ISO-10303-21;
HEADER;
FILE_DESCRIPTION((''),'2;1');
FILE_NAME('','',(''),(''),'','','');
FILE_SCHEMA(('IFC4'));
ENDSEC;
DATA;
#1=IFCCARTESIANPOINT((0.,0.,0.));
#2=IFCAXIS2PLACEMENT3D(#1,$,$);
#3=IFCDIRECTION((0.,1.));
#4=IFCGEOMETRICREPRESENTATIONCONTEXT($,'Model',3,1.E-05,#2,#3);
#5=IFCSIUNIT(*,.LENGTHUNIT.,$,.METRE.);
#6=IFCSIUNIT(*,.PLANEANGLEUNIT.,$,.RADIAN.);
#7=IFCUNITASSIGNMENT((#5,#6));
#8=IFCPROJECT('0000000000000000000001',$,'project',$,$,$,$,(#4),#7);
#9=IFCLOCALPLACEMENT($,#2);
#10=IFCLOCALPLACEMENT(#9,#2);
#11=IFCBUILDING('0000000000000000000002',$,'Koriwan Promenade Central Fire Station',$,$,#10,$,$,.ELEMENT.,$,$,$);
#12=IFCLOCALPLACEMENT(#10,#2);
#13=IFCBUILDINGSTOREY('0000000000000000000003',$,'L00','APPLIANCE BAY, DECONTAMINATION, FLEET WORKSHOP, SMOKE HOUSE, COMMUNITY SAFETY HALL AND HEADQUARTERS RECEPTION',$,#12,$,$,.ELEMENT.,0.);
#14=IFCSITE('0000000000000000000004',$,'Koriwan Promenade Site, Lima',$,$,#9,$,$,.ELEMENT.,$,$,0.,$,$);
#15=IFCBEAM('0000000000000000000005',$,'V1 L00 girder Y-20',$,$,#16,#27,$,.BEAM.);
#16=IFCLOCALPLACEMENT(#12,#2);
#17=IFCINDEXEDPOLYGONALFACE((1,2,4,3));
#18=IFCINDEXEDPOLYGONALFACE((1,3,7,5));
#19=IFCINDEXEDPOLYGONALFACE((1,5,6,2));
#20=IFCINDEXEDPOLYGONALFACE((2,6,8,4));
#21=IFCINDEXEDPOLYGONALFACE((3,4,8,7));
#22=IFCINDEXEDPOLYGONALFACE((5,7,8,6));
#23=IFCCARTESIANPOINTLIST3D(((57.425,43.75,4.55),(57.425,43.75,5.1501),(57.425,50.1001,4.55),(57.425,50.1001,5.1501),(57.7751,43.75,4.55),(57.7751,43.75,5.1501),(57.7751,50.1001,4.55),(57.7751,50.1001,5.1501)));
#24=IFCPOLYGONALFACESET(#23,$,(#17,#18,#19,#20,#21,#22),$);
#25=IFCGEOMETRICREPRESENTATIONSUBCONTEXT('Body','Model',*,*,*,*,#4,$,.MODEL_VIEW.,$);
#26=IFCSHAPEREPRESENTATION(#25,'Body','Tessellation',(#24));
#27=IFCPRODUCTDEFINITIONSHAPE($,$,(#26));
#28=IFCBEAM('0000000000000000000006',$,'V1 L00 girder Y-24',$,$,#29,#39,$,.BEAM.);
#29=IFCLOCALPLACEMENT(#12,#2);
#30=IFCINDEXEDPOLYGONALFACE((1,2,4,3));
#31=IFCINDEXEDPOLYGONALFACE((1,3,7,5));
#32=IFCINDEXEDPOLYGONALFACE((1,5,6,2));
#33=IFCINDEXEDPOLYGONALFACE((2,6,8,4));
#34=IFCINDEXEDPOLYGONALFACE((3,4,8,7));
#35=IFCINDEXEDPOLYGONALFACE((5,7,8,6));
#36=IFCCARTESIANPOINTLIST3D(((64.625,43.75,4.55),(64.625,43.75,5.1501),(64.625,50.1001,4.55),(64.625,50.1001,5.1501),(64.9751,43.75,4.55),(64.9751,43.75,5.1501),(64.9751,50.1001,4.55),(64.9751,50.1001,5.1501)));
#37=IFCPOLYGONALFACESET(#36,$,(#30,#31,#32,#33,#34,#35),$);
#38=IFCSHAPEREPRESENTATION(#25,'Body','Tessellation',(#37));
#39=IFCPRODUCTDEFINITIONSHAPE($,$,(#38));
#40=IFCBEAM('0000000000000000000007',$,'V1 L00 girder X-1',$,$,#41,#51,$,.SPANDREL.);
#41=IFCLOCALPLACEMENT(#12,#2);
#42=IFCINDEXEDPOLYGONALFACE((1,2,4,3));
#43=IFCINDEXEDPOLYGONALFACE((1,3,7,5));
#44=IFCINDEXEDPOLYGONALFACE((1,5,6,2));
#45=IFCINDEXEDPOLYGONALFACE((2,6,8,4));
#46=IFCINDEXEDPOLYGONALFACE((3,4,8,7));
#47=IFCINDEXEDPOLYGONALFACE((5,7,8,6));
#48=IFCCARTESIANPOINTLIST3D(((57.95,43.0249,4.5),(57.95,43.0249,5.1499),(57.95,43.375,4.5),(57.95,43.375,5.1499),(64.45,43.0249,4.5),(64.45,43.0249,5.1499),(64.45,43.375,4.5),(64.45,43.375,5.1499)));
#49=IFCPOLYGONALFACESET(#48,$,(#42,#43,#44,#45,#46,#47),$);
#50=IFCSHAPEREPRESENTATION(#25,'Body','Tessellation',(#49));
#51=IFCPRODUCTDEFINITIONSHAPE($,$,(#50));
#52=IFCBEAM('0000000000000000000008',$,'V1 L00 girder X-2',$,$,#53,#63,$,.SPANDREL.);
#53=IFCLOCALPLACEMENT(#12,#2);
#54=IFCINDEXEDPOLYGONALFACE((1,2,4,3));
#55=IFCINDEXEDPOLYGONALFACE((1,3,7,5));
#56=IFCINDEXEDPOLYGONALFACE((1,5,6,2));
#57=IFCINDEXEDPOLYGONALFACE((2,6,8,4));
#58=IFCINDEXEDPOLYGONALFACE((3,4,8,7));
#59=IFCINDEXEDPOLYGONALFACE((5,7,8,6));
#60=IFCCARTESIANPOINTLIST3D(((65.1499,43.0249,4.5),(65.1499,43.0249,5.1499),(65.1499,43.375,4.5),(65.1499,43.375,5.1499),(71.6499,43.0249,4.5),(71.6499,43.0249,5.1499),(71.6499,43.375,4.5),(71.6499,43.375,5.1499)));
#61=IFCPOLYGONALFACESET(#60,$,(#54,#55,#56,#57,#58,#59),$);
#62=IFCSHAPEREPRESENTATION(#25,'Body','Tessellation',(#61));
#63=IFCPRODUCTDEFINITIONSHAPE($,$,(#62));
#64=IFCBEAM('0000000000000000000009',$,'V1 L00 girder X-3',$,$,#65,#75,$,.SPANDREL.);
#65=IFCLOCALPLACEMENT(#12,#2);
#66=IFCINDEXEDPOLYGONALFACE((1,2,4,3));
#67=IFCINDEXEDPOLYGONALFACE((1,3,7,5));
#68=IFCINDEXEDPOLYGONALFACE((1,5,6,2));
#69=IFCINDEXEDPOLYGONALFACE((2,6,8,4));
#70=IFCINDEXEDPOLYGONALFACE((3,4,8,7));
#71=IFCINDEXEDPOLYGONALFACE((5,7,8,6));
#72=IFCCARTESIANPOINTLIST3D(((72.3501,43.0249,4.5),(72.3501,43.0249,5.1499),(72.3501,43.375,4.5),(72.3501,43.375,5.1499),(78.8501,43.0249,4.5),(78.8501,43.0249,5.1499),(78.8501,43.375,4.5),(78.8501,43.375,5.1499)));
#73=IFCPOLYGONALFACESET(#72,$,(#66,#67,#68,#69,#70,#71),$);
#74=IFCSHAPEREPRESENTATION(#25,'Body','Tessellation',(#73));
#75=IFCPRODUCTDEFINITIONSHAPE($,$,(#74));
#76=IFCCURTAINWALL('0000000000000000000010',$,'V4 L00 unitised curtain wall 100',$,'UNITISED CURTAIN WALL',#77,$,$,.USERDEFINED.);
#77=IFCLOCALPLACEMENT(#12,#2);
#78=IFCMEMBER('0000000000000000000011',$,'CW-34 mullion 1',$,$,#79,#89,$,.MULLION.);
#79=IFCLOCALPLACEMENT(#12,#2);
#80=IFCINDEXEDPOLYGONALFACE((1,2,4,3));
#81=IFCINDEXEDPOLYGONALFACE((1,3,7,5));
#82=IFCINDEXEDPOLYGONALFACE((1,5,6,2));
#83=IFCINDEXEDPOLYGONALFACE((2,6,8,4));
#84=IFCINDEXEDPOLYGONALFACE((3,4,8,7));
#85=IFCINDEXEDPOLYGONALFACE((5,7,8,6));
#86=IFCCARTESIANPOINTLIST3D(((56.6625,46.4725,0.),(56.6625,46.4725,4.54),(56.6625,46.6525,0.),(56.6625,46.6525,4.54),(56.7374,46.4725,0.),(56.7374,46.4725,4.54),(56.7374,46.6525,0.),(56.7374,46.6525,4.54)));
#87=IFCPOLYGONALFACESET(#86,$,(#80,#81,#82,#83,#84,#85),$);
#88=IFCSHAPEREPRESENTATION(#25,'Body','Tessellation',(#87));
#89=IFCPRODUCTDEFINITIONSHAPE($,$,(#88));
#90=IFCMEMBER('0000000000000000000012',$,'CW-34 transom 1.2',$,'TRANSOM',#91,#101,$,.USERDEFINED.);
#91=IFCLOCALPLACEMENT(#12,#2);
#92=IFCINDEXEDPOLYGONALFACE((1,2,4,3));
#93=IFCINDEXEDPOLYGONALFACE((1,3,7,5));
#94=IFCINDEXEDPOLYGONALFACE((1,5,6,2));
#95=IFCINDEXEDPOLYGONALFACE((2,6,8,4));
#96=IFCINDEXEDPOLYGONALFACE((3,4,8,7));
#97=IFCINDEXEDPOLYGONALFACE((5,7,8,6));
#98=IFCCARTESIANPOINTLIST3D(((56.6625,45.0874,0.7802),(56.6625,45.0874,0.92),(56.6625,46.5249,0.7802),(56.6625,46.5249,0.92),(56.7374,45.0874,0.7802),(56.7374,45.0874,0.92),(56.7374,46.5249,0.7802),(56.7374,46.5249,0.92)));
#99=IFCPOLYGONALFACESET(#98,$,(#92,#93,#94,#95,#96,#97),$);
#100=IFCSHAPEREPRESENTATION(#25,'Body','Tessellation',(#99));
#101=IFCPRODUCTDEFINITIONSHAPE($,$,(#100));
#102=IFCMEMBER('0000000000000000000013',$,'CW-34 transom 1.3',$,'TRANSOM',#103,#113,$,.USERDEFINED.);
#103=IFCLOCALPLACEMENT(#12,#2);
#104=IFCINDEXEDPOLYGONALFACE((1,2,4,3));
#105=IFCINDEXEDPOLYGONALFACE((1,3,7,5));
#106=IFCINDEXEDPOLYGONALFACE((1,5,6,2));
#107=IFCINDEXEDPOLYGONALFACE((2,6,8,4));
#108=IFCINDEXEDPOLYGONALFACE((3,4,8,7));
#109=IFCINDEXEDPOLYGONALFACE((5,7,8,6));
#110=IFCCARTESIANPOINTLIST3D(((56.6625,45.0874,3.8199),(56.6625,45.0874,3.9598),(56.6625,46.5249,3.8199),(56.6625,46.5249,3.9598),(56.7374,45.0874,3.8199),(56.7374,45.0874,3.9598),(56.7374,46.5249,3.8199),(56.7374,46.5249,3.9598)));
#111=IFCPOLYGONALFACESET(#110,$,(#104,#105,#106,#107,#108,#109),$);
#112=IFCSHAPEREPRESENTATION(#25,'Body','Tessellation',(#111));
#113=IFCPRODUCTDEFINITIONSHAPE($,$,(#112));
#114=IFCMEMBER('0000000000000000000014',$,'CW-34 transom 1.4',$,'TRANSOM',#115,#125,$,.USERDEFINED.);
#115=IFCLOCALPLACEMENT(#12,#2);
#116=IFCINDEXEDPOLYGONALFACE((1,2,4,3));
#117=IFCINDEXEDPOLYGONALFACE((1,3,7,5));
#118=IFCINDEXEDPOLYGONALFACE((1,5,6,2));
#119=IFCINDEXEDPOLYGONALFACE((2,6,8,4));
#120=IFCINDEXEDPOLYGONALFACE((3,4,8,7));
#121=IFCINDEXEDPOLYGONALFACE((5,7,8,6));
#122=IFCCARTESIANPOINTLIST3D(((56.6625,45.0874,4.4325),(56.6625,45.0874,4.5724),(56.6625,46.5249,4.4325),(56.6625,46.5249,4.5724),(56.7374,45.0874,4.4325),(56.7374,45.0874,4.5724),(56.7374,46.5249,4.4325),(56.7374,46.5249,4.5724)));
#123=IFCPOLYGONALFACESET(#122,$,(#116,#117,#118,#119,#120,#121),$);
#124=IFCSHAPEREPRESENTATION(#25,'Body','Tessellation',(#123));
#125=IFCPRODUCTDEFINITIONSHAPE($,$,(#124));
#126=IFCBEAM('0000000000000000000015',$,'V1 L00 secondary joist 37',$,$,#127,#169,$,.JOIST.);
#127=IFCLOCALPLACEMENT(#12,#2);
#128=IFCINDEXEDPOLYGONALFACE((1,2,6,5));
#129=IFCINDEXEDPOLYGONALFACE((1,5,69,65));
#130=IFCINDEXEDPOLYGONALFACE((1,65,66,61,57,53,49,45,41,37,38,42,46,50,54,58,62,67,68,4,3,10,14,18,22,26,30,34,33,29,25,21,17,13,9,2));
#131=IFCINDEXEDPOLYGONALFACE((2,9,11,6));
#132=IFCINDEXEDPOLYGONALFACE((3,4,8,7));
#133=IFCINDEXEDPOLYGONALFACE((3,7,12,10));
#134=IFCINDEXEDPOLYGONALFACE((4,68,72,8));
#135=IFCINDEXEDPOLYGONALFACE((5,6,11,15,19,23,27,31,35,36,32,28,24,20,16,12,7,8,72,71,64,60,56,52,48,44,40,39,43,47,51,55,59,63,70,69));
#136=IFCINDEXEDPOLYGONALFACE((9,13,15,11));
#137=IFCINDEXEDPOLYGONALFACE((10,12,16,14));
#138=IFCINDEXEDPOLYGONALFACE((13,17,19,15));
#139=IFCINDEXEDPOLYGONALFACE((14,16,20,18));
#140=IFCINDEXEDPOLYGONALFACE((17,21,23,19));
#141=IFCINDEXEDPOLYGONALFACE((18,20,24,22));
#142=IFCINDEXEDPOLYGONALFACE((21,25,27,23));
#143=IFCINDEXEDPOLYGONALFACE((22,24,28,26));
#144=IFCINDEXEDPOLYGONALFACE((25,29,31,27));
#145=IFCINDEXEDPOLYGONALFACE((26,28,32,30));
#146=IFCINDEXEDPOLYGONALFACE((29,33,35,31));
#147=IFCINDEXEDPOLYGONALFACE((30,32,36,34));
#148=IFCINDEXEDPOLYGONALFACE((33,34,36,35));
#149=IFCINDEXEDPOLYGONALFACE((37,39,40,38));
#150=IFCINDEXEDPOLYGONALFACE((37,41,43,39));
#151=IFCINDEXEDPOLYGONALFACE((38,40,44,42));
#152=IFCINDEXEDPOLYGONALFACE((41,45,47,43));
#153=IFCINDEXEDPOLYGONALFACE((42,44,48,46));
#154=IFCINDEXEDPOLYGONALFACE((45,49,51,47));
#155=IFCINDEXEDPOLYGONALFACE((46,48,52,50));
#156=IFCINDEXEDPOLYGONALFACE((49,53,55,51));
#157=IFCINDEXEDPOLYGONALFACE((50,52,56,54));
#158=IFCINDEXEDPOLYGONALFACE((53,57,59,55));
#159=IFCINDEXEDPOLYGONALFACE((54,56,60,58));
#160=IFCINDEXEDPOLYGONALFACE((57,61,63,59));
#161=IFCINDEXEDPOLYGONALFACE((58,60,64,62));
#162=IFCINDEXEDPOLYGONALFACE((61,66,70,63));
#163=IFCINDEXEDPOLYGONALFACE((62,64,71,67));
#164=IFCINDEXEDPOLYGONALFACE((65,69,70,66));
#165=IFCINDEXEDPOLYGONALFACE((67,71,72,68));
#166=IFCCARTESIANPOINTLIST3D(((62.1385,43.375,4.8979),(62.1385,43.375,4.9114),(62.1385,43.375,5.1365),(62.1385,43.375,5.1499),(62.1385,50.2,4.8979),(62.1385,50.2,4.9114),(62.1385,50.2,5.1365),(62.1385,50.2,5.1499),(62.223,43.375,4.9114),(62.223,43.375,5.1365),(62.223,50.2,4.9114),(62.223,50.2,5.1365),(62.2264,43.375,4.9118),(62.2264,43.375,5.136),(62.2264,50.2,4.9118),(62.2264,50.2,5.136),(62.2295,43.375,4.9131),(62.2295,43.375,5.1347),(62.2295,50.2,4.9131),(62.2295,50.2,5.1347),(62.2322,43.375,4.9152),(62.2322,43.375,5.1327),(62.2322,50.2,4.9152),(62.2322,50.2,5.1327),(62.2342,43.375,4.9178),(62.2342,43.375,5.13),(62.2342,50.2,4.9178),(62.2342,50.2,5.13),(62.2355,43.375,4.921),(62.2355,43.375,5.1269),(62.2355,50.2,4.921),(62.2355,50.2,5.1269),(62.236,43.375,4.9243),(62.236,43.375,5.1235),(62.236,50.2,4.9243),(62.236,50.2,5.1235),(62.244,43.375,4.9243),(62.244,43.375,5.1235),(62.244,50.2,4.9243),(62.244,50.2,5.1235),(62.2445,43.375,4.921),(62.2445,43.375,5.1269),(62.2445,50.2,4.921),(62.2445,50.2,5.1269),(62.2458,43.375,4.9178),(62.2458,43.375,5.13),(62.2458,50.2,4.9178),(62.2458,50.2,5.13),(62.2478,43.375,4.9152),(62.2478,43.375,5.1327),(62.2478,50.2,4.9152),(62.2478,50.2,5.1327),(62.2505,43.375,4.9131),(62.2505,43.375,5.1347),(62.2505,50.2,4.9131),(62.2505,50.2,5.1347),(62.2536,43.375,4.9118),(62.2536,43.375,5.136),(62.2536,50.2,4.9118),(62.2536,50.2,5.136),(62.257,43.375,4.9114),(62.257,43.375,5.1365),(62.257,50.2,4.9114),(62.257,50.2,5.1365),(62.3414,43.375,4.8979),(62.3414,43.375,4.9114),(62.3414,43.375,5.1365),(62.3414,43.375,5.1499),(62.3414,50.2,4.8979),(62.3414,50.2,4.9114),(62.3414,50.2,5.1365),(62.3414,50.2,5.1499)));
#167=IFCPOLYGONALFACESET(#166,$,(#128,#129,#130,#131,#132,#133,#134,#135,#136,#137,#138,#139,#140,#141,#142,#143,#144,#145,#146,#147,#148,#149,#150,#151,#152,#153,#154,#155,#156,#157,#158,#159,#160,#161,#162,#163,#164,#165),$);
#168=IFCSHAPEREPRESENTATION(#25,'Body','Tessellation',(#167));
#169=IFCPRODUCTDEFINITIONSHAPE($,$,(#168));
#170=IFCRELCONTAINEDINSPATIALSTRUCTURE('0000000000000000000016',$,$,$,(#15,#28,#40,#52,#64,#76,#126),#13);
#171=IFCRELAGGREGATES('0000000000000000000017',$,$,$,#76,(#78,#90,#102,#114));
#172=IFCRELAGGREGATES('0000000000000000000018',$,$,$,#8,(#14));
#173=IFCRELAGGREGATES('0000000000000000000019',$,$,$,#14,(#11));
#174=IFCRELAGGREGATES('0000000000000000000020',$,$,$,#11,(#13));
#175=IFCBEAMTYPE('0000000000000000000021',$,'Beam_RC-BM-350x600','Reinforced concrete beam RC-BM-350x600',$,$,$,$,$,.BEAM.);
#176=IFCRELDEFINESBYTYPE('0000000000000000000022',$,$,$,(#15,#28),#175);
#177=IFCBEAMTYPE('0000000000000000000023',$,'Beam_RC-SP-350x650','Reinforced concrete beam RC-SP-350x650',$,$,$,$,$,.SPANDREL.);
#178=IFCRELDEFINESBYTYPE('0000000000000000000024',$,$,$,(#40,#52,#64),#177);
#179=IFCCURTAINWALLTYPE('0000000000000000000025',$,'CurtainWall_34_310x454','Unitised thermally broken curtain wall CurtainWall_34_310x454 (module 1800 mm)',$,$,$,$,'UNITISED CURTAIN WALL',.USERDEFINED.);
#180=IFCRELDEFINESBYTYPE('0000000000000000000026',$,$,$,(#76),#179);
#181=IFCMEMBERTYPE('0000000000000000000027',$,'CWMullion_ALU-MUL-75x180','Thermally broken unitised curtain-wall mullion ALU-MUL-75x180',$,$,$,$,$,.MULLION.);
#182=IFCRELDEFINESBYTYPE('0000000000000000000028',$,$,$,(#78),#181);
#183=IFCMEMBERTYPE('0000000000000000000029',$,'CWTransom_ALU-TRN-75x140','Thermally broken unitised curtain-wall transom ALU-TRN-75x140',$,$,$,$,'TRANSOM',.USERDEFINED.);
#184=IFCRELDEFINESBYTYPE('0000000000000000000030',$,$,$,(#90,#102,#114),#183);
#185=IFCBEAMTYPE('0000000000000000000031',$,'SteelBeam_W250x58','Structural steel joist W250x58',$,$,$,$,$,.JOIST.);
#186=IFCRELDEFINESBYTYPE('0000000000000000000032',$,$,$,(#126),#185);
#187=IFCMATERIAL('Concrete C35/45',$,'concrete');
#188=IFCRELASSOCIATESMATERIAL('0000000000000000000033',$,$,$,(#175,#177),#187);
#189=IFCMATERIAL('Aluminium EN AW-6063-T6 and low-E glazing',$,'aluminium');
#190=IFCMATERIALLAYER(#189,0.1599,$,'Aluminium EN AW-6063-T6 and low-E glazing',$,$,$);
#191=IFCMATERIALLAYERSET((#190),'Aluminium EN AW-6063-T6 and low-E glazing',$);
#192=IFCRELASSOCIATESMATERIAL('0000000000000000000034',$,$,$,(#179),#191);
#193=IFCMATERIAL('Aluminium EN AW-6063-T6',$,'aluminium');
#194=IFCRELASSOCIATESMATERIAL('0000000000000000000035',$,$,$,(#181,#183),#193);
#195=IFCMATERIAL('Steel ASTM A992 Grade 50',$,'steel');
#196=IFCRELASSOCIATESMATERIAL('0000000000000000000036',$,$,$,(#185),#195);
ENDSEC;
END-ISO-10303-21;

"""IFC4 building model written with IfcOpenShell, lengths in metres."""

from ifc_helpers import new_model, si_unit, direction, frame, origin, origin_2d, place, context, subcontext, project, spatial, rectangle, i_section, extrude, material, layer, layer_set, material_profile, profile_set, type_object, element, aggregate, save


model = new_model("IFC4")

# Units and contexts
model_context = context("Model", 3, precision=1e-05, world=origin(), true_north=direction((0.0, 1.0)))
body_context = subcontext(model_context, "Body", "Model", "MODEL_VIEW")
ifc_project = project(units=[si_unit("LENGTHUNIT", "METRE"), si_unit("PLANEANGLEUNIT", "RADIAN")], contexts=[model_context])

# Site, building, storey
site_placement = place(None, origin())
site = spatial("IfcSite", under=ifc_project, at=site_placement, Name="Koriwan Promenade Site, Lima", CompositionType="ELEMENT", RefElevation=0.0)
building_placement = place(site_placement, origin())
building = spatial("IfcBuilding", under=site, at=building_placement, Name="Koriwan Promenade Central Fire Station", CompositionType="ELEMENT")
storey_placement = place(building_placement, origin())
storey = spatial("IfcBuildingStorey", under=building, at=storey_placement, Name="L00", Description="APPLIANCE BAY, DECONTAMINATION, FLEET WORKSHOP, SMOKE HOUSE, COMMUNITY SAFETY HALL AND HEADQUARTERS RECEPTION", CompositionType="ELEMENT", Elevation=0.0)

# Shared definitions
ifc_material_1 = material(Name="Concrete C35/45", Category="concrete")

# Beams
ifc_material_profile_1 = material_profile(ifc_material_1, rectangle(XDim=0.3501, YDim=0.6001, at=origin_2d()), Name="RC-BM-350x600")
ifc_profile_set_1 = profile_set([ifc_material_profile_1], Name="Concrete C35/45")
beam_type_1 = type_object("IfcBeamType", Name="Beam_RC-BM-350x600", Description="Reinforced concrete beam RC-BM-350x600", PredefinedType="BEAM", material=ifc_profile_set_1)
for number, where, z_axis, x_axis, name in (
    (1, (57.6001, 43.75, 4.8501), (0.0, 1.0, 0.0), (-1.0, 0.0, 0.0), "V1 L00 girder Y-20"),
    (2, (64.8, 43.75, 4.8501), (0.0, 1.0, 0.0), (-1.0, 0.0, 0.0), "V1 L00 girder Y-24"),
):
    element("IfcBeam", number, at=place(storey_placement, frame(where, z_axis=z_axis, x_axis=x_axis)), inside=storey, type_object=beam_type_1, Name=name, PredefinedType="BEAM", context=body_context, shape_type="SweptSolid", body=[
        extrude(rectangle(XDim=0.3501, YDim=0.6001, at=origin_2d()), origin(), (0.0, 0.0, 1.0), 6.3501),
    ])
ifc_material_profile_2 = material_profile(ifc_material_1, rectangle(XDim=0.3501, YDim=0.6499, at=origin_2d()), Name="RC-SP-350x650")
ifc_profile_set_2 = profile_set([ifc_material_profile_2], Name="Concrete C35/45")
beam_type_2 = type_object("IfcBeamType", Name="Beam_RC-SP-350x650", Description="Reinforced concrete beam RC-SP-350x650", PredefinedType="SPANDREL", material=ifc_profile_set_2)
for number, where, z_axis, x_axis, name in (
    (3, (57.95, 43.2, 4.825), (1.0, 0.0, 0.0), (0.0, 1.0, 0.0), "V1 L00 girder X-1"),
    (4, (65.1499, 43.2, 4.825), (1.0, 0.0, 0.0), (0.0, 1.0, 0.0), "V1 L00 girder X-2"),
    (5, (72.3501, 43.2, 4.825), (1.0, 0.0, 0.0), (0.0, 1.0, 0.0), "V1 L00 girder X-3"),
):
    element("IfcBeam", number, at=place(storey_placement, frame(where, z_axis=z_axis, x_axis=x_axis)), inside=storey, type_object=beam_type_2, Name=name, PredefinedType="SPANDREL", context=body_context, shape_type="SweptSolid", body=[
        extrude(rectangle(XDim=0.3501, YDim=0.6499, at=origin_2d()), origin(), (0.0, 0.0, 1.0), 6.5),
    ])

# Curtain wall, members
ifc_material_2 = material(Name="Aluminium EN AW-6063-T6 and low-E glazing", Category="aluminium")
ifc_layer_1 = layer(ifc_material_2, 0.1599, Name="Aluminium EN AW-6063-T6 and low-E glazing")
ifc_layer_set_1 = layer_set([ifc_layer_1], Name="Aluminium EN AW-6063-T6 and low-E glazing")
curtain_wall_type = type_object("IfcCurtainWallType", Name="CurtainWall_34_310x454", Description="Unitised thermally broken curtain wall CurtainWall_34_310x454 (module 1800 mm)", ElementType="UNITISED CURTAIN WALL", PredefinedType="USERDEFINED", material=ifc_layer_set_1)
curtain_wall_placement = place(storey_placement, origin())
curtain_wall = element("IfcCurtainWall", 6, at=curtain_wall_placement, inside=storey, type_object=curtain_wall_type, Name="V4 L00 unitised curtain wall 100", ObjectType="UNITISED CURTAIN WALL", PredefinedType="USERDEFINED")
ifc_material_3 = material(Name="Aluminium EN AW-6063-T6", Category="aluminium")
ifc_material_profile_3 = material_profile(ifc_material_3, rectangle(XDim=0.075, YDim=0.1799, at=origin_2d()), Name="ALU-MUL-75x180")
ifc_profile_set_3 = profile_set([ifc_material_profile_3], Name="Aluminium EN AW-6063-T6")
member_type_1 = type_object("IfcMemberType", Name="CWMullion_ALU-MUL-75x180", Description="Thermally broken unitised curtain-wall mullion ALU-MUL-75x180", PredefinedType="MULLION", material=ifc_profile_set_3)
member_1_placement = place(storey_placement, frame((56.7, 46.5625, 0.0), z_axis=(0.0, 0.0, 1.0), x_axis=(1.0, 0.0, 0.0)))
member_1 = element("IfcMember", 7, at=member_1_placement, type_object=member_type_1, Name="CW-34 mullion 1", PredefinedType="MULLION", context=body_context, shape_type="SweptSolid", body=[
    extrude(rectangle(XDim=0.075, YDim=0.1799, at=origin_2d()), origin(), (0.0, 0.0, 1.0), 4.54),
])
ifc_material_profile_4 = material_profile(ifc_material_3, rectangle(XDim=0.075, YDim=0.1399, at=origin_2d()), Name="ALU-TRN-75x140")
ifc_profile_set_4 = profile_set([ifc_material_profile_4], Name="Aluminium EN AW-6063-T6")
member_type_2 = type_object("IfcMemberType", Name="CWTransom_ALU-TRN-75x140", Description="Thermally broken unitised curtain-wall transom ALU-TRN-75x140", ElementType="TRANSOM", PredefinedType="USERDEFINED", material=ifc_profile_set_4)
member_2_placement = place(storey_placement, frame((56.7, 46.5249, 0.8501), z_axis=(0.0, -1.0, 0.0), x_axis=(1.0, 0.0, 0.0)))
member_2 = element("IfcMember", 8, at=member_2_placement, type_object=member_type_2, Name="CW-34 transom 1.2", ObjectType="TRANSOM", PredefinedType="USERDEFINED", context=body_context, shape_type="SweptSolid", body=[
    extrude(rectangle(XDim=0.075, YDim=0.1399, at=origin_2d()), origin(), (0.0, 0.0, 1.0), 1.4375),
])
member_3_placement = place(storey_placement, frame((56.7, 46.5249, 3.8899), z_axis=(0.0, -1.0, 0.0), x_axis=(1.0, 0.0, 0.0)))
member_3 = element("IfcMember", 9, at=member_3_placement, type_object=member_type_2, Name="CW-34 transom 1.3", ObjectType="TRANSOM", PredefinedType="USERDEFINED", context=body_context, shape_type="SweptSolid", body=[
    extrude(rectangle(XDim=0.075, YDim=0.1399, at=origin_2d()), origin(), (0.0, 0.0, 1.0), 1.4375),
])
member_4_placement = place(storey_placement, frame((56.7, 46.5249, 4.5024), z_axis=(0.0, -1.0, 0.0), x_axis=(1.0, 0.0, 0.0)))
member_4 = element("IfcMember", 10, at=member_4_placement, type_object=member_type_2, Name="CW-34 transom 1.4", ObjectType="TRANSOM", PredefinedType="USERDEFINED", context=body_context, shape_type="SweptSolid", body=[
    extrude(rectangle(XDim=0.075, YDim=0.1399, at=origin_2d()), origin(), (0.0, 0.0, 1.0), 1.4375),
])
aggregate(curtain_wall, [member_1, member_2, member_3, member_4])

# Beam
ifc_material_4 = material(Name="Steel ASTM A992 Grade 50", Category="steel")
ifc_material_profile_5 = material_profile(ifc_material_4, i_section(OverallWidth=0.2029, OverallDepth=0.252, WebThickness=0.0081, FlangeThickness=0.0134, FilletRadius=0.0129, at=origin_2d()), Name="W250x58")
ifc_profile_set_5 = profile_set([ifc_material_profile_5], Name="Steel ASTM A992 Grade 50")
beam_type_3 = type_object("IfcBeamType", Name="SteelBeam_W250x58", Description="Structural steel joist W250x58", PredefinedType="JOIST", material=ifc_profile_set_5)
beam_1_placement = place(storey_placement, frame((62.24, 43.375, 5.0239), z_axis=(0.0, 1.0, 0.0), x_axis=(-1.0, 0.0, 0.0)))
element("IfcBeam", 11, at=beam_1_placement, inside=storey, type_object=beam_type_3, Name="V1 L00 secondary joist 37", PredefinedType="JOIST", context=body_context, shape_type="SweptSolid", body=[
    extrude(i_section(OverallWidth=0.2029, OverallDepth=0.252, WebThickness=0.0081, FlangeThickness=0.0134, FilletRadius=0.0129, at=origin_2d()), origin(), (0.0, 0.0, 1.0), 6.825),
])

save(model, "model.ifc")
